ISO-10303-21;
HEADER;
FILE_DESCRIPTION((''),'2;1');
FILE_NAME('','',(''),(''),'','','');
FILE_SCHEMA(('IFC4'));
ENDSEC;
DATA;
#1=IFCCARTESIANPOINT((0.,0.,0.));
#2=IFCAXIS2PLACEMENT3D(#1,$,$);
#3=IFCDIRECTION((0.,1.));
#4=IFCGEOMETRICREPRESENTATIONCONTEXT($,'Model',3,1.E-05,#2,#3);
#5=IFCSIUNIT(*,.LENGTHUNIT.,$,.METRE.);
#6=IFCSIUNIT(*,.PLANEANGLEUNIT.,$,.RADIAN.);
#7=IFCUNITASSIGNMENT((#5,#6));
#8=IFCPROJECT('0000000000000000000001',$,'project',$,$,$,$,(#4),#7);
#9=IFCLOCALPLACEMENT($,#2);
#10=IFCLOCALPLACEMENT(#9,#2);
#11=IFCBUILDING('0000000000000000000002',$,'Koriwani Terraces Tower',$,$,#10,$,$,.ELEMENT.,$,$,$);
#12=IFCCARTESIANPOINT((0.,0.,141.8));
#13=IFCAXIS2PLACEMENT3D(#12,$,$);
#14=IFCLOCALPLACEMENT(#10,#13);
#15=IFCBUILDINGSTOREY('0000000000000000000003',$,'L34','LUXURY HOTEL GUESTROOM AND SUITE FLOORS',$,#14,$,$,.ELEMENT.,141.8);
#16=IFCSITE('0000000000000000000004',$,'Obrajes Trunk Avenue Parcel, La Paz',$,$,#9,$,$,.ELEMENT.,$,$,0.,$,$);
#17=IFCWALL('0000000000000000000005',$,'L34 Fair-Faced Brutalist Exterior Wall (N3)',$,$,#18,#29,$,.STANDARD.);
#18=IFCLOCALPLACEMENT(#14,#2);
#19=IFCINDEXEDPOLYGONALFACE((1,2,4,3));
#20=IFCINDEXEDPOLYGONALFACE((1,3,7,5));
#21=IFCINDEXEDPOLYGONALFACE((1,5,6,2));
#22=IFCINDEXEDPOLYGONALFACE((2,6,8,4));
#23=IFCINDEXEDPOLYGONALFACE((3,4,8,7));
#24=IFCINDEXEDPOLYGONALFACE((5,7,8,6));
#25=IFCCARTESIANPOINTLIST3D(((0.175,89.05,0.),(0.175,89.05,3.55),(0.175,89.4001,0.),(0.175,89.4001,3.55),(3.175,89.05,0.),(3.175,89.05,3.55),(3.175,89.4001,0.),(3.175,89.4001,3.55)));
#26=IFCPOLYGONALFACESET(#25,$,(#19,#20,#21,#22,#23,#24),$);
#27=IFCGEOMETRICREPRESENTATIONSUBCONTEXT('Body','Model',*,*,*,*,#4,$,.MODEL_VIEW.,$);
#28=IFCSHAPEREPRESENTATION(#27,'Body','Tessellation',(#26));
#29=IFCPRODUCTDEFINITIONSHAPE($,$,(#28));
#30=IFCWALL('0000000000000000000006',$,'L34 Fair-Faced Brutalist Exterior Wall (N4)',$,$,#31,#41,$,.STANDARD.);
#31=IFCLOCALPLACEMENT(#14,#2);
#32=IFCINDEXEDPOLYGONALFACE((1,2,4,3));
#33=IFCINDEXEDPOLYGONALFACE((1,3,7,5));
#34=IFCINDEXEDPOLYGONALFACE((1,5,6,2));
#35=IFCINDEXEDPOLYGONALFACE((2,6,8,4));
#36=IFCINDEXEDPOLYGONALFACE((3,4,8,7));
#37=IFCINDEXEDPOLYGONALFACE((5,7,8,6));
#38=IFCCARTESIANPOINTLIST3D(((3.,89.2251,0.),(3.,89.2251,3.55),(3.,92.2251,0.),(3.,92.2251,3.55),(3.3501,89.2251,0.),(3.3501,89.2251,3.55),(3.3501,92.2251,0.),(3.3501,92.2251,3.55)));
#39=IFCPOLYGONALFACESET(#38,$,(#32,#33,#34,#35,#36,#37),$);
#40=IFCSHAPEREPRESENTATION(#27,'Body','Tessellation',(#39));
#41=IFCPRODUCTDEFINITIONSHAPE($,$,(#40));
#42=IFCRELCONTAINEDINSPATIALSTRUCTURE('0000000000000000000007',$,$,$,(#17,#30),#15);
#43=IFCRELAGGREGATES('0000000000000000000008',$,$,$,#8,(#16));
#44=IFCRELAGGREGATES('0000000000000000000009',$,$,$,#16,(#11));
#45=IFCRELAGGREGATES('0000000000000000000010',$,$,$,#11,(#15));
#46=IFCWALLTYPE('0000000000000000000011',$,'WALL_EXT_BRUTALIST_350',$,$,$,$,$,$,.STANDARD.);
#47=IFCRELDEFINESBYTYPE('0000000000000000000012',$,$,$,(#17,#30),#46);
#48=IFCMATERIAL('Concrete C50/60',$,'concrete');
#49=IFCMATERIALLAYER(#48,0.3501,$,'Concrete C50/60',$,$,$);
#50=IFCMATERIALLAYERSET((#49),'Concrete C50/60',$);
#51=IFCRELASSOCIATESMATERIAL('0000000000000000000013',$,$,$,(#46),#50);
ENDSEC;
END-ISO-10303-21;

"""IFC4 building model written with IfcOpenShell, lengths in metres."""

from ifc_helpers import new_model, si_unit, direction, frame, frame_2d, origin, place, context, subcontext, project, spatial, rectangle, extrude, material, layer, layer_set, type_object, element, save


model = new_model("IFC4")

# Units and contexts
model_context = context("Model", 3, precision=1e-05, world=origin(), true_north=direction((0.0, 1.0)))
body_context = subcontext(model_context, "Body", "Model", "MODEL_VIEW")
ifc_project = project(units=[si_unit("LENGTHUNIT", "METRE"), si_unit("PLANEANGLEUNIT", "RADIAN")], contexts=[model_context])

# Site, building, storey
site_placement = place(None, origin())
site = spatial("IfcSite", under=ifc_project, at=site_placement, Name="Obrajes Trunk Avenue Parcel, La Paz", CompositionType="ELEMENT", RefElevation=0.0)
building_placement = place(site_placement, origin())
building = spatial("IfcBuilding", under=site, at=building_placement, Name="Koriwani Terraces Tower", CompositionType="ELEMENT")
storey_placement = place(building_placement, frame((0.0, 0.0, 141.8)))
storey = spatial("IfcBuildingStorey", under=building, at=storey_placement, Name="L34", Description="LUXURY HOTEL GUESTROOM AND SUITE FLOORS", CompositionType="ELEMENT", Elevation=141.8)

# Shared definitions
ifc_material_1 = material(Name="Concrete C50/60", Category="concrete")

# Walls
ifc_layer_1 = layer(ifc_material_1, 0.3501, Name="Concrete C50/60")
ifc_layer_set_1 = layer_set([ifc_layer_1], Name="Concrete C50/60")
wall_type = type_object("IfcWallType", Name="WALL_EXT_BRUTALIST_350", PredefinedType="STANDARD", material=ifc_layer_set_1)
for number, where, z_axis, x_axis, name in (
    (1, (0.175, 89.2251, 0.0), (0.0, 0.0, 1.0), (1.0, 0.0, 0.0), "L34 Fair-Faced Brutalist Exterior Wall (N3)"),
    (2, (3.175, 89.2251, 0.0), (0.0, 0.0, 1.0), (0.0, 1.0, 0.0), "L34 Fair-Faced Brutalist Exterior Wall (N4)"),
):
    element("IfcWall", number, at=place(storey_placement, frame(where, z_axis=z_axis, x_axis=x_axis)), inside=storey, type_object=wall_type, Name=name, PredefinedType="STANDARD", context=body_context, shape_type="SweptSolid", body=[
        extrude(rectangle(XDim=3.0, YDim=0.3501, at=frame_2d((1.5, 0.0))), origin(), (0.0, 0.0, 1.0), 3.55),
    ])

save(model, "model.ifc")
